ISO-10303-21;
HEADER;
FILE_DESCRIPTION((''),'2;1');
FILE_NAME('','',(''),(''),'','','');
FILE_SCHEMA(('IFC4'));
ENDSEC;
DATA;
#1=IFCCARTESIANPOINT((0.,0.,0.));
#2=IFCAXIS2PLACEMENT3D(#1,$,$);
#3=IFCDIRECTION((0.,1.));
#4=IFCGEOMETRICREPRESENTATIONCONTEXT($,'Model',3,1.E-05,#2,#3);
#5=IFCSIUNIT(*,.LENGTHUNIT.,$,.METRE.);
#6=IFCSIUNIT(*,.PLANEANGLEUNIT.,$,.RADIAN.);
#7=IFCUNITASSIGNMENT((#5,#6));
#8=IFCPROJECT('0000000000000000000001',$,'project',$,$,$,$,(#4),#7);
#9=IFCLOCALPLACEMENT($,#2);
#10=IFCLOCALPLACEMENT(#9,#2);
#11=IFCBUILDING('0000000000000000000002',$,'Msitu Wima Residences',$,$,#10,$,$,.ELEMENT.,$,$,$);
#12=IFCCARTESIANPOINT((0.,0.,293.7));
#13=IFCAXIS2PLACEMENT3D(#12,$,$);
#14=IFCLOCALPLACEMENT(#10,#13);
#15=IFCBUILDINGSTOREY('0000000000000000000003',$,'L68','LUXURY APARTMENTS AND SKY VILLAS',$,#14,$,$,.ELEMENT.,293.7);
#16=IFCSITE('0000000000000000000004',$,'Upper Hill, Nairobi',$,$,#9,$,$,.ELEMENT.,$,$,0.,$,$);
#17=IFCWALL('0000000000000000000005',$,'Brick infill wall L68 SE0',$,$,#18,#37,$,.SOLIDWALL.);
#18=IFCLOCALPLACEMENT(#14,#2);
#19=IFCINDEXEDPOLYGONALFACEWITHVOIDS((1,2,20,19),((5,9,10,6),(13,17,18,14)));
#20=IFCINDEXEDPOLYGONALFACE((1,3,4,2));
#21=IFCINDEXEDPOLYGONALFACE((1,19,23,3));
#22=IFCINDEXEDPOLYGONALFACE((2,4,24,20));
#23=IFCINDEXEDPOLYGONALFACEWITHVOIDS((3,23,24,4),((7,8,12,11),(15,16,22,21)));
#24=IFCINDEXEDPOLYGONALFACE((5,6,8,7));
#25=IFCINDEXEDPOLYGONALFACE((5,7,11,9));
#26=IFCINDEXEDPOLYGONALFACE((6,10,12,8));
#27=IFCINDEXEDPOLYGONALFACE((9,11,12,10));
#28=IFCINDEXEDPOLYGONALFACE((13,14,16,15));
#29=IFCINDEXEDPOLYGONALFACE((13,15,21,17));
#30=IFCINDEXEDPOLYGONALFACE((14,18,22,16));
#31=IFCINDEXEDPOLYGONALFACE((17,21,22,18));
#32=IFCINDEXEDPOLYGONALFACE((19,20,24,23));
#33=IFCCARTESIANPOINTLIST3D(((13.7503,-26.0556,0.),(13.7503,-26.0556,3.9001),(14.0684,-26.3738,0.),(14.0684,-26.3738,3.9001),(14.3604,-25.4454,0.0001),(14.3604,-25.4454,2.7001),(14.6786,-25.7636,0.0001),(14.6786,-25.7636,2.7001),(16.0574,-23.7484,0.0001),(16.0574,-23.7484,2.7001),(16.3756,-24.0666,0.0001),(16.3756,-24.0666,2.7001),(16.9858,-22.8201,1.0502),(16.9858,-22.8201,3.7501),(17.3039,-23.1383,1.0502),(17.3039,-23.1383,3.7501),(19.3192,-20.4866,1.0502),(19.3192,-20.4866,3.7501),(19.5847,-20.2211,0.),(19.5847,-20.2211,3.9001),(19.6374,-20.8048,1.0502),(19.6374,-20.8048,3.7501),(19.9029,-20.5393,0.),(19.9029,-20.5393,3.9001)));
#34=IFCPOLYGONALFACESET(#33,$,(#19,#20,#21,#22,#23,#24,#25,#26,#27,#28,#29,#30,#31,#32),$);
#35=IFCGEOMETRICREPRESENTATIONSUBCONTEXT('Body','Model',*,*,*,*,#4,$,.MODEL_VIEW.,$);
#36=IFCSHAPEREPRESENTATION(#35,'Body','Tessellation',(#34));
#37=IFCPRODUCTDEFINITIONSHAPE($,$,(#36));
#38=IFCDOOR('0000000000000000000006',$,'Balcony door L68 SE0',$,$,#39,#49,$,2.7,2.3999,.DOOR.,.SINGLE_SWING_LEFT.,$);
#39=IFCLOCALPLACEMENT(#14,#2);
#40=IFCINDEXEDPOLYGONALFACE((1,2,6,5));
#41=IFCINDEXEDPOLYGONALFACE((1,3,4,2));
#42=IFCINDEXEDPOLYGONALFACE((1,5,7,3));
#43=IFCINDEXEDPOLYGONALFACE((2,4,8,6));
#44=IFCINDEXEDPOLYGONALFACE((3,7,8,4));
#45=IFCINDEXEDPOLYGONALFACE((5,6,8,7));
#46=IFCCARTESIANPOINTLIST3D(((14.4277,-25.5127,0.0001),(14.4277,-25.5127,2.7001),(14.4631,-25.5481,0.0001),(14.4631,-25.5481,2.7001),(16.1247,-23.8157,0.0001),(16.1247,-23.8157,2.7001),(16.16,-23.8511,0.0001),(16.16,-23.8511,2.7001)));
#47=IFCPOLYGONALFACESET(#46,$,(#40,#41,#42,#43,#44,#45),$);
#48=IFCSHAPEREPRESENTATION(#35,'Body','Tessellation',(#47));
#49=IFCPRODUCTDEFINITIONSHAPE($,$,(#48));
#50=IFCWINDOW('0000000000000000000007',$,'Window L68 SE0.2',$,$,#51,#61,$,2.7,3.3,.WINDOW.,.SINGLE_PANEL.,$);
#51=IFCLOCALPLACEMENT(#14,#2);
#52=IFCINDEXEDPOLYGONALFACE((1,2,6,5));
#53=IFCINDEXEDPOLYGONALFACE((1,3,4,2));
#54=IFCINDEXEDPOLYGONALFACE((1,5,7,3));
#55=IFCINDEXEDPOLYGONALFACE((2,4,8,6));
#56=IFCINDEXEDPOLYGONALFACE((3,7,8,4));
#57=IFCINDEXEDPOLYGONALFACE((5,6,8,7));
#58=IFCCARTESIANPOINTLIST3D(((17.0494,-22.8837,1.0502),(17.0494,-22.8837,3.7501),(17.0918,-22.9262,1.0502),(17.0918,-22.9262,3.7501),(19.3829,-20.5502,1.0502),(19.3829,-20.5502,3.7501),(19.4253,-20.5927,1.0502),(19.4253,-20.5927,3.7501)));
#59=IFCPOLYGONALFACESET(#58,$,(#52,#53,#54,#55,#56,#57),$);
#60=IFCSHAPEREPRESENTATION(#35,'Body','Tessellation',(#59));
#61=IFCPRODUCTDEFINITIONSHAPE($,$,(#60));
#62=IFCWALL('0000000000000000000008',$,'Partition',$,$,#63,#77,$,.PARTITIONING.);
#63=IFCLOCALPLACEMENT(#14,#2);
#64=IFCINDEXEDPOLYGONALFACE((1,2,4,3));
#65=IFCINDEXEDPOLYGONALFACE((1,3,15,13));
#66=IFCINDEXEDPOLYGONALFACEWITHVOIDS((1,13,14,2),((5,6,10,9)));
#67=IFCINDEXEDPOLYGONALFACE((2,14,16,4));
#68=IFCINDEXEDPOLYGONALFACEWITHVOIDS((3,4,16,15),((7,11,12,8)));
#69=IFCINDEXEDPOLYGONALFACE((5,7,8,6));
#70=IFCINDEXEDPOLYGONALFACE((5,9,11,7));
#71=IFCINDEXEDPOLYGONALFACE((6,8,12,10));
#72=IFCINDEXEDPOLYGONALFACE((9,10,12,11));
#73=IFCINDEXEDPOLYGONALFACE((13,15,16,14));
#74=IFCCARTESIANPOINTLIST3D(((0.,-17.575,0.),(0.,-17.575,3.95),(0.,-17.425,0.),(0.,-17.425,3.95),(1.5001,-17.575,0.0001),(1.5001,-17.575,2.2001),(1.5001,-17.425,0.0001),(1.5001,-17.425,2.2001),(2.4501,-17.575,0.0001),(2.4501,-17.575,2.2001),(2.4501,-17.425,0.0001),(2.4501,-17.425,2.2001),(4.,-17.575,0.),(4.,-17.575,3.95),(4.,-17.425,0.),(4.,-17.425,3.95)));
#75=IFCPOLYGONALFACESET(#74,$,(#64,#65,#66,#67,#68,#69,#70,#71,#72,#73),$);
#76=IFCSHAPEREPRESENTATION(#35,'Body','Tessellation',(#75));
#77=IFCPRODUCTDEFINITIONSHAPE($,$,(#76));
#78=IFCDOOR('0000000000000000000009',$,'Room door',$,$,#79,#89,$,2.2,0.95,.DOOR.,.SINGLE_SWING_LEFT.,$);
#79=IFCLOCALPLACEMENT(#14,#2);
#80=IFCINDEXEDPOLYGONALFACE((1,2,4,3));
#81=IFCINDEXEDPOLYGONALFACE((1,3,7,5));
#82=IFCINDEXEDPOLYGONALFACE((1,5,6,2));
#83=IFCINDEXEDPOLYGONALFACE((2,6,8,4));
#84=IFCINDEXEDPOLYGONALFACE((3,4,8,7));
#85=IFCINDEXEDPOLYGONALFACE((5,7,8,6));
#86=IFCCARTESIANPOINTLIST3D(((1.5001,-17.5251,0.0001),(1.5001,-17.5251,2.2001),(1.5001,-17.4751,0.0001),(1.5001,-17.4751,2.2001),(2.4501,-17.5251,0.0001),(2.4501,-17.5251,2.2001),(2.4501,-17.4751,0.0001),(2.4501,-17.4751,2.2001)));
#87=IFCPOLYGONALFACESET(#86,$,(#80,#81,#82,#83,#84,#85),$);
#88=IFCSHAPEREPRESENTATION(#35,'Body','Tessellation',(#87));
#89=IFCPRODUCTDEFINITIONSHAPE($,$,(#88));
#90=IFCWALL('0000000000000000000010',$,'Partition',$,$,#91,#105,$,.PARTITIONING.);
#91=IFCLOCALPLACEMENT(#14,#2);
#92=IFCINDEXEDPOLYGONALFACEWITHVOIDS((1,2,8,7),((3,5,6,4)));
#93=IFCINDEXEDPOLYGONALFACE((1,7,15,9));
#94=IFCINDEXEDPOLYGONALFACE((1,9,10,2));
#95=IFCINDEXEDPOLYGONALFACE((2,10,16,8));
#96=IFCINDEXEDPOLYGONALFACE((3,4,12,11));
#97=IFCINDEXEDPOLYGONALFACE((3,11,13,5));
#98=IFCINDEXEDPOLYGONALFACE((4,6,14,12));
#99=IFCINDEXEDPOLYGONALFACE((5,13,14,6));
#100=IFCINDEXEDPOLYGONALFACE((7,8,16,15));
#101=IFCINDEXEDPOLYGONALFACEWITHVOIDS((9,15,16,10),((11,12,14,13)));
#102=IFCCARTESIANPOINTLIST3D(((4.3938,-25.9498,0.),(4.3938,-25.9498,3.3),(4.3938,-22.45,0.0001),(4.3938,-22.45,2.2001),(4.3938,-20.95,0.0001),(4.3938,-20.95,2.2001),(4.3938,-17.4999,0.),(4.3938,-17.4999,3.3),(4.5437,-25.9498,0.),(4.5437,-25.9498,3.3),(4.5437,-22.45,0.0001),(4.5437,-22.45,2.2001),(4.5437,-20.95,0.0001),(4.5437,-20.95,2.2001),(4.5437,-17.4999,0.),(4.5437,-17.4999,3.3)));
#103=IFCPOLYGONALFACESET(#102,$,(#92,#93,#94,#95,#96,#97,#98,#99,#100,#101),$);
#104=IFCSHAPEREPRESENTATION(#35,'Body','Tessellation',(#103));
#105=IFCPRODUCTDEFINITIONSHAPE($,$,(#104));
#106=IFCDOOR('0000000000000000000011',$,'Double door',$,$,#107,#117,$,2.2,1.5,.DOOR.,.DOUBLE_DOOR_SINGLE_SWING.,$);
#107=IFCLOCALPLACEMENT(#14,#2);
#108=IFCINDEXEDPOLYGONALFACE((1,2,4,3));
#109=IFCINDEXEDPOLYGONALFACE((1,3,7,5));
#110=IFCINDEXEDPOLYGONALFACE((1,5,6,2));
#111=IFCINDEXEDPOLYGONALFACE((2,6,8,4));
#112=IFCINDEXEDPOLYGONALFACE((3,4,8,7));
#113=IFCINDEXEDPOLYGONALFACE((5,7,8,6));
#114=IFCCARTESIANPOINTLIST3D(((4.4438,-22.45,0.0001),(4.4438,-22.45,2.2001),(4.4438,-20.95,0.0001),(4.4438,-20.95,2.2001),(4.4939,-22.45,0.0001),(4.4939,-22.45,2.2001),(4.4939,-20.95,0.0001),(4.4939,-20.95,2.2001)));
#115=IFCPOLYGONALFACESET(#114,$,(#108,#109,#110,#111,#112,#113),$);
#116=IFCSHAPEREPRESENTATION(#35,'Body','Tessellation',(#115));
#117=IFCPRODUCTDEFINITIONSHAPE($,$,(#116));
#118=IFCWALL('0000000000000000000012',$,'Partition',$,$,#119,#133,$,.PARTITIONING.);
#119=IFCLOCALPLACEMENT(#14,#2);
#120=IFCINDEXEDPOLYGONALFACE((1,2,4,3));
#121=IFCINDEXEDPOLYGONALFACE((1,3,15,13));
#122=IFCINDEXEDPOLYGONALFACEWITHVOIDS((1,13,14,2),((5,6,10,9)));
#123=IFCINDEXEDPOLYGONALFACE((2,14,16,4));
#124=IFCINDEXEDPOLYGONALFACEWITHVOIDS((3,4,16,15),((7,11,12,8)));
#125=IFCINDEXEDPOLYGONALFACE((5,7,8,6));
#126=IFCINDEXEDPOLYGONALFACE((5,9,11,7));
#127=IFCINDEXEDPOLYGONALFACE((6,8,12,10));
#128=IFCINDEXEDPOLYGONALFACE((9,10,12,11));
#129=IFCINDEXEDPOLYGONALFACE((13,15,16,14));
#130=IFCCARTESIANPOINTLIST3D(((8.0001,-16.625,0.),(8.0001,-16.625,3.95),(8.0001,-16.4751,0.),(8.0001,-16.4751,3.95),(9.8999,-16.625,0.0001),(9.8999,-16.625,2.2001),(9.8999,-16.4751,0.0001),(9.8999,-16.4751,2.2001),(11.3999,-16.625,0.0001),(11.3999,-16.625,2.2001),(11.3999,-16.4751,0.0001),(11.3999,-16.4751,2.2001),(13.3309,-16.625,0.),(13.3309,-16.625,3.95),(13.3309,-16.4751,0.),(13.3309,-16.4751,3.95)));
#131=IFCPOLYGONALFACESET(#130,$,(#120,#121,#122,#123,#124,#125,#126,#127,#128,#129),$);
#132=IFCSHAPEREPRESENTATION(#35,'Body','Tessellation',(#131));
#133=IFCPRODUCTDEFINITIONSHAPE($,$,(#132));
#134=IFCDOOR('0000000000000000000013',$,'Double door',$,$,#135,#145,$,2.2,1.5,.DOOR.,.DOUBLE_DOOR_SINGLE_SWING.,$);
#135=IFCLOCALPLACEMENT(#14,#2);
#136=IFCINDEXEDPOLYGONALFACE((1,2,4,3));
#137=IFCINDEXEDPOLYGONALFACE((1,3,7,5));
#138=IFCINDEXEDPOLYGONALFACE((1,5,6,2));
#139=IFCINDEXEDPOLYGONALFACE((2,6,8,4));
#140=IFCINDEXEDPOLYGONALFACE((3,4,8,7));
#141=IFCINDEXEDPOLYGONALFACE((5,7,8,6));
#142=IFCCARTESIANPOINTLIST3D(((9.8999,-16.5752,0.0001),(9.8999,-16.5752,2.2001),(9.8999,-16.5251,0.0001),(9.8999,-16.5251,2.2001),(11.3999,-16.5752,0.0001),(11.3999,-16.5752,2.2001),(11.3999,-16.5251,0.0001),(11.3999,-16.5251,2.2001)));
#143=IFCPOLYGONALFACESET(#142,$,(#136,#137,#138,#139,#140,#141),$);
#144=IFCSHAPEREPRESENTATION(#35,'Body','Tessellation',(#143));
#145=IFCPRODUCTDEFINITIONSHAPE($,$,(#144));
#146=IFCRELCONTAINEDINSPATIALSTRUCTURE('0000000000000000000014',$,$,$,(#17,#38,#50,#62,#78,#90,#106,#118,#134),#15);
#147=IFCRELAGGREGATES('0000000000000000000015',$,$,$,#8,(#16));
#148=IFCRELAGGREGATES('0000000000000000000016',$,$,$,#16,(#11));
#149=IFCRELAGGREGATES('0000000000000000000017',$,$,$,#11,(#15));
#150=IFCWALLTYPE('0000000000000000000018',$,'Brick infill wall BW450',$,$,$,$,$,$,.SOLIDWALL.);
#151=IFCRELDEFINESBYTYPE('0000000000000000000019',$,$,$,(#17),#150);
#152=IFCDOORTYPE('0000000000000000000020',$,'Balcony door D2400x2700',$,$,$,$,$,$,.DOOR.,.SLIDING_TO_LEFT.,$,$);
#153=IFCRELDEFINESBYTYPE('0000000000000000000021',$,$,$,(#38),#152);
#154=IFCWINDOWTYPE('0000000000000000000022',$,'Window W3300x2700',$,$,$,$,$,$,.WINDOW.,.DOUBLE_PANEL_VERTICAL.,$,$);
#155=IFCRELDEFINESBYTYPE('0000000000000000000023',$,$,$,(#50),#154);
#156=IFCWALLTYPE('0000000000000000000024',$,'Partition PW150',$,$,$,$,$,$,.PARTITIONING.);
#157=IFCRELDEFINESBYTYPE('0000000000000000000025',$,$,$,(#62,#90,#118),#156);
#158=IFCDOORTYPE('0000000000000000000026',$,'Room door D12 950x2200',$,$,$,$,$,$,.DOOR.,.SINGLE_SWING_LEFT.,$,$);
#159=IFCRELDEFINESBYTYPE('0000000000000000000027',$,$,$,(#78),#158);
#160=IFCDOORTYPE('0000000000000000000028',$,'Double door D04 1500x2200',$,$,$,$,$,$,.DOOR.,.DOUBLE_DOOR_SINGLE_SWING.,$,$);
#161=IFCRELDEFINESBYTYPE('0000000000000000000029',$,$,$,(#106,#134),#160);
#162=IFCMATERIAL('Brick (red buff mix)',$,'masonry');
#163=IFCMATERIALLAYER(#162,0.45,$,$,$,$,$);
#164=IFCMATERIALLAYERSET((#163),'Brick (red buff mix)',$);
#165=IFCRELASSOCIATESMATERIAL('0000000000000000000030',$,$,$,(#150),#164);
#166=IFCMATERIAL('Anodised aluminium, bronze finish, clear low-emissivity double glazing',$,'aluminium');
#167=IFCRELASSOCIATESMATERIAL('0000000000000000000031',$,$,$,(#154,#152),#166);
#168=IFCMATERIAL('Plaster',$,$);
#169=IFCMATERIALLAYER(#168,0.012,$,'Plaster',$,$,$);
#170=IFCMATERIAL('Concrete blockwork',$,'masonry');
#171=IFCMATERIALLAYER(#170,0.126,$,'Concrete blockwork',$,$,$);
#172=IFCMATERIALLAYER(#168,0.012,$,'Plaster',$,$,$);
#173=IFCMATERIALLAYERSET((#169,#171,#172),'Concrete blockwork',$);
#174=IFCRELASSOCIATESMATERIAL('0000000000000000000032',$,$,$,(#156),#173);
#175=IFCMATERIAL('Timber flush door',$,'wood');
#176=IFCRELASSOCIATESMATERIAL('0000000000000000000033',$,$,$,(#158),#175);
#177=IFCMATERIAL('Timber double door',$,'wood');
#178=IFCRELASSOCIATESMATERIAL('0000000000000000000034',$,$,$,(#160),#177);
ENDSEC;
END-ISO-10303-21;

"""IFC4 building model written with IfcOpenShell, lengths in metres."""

from ifc_helpers import new_model, si_unit, direction, frame, frame_2d, origin, place, context, subcontext, project, spatial, rectangle, extrude, material, layer, layer_set, type_object, element, fill, save


model = new_model("IFC4")

# Units and contexts
model_context = context("Model", 3, precision=1e-05, world=origin(), true_north=direction((0.0, 1.0)))
body_context = subcontext(model_context, "Body", "Model", "MODEL_VIEW")
ifc_project = project(units=[si_unit("LENGTHUNIT", "METRE"), si_unit("PLANEANGLEUNIT", "RADIAN")], contexts=[model_context])

# Site, building, storey
site_placement = place(None, origin())
site = spatial("IfcSite", under=ifc_project, at=site_placement, Name="Upper Hill, Nairobi", CompositionType="ELEMENT", RefElevation=0.0)
building_placement = place(site_placement, origin())
building = spatial("IfcBuilding", under=site, at=building_placement, Name="Msitu Wima Residences", CompositionType="ELEMENT")
storey_placement = place(building_placement, frame((0.0, 0.0, 293.7)))
storey = spatial("IfcBuildingStorey", under=building, at=storey_placement, Name="L68", Description="LUXURY APARTMENTS AND SKY VILLAS", CompositionType="ELEMENT", Elevation=293.7)

# Shared definitions
ifc_material_1 = material(Name="Brick (red buff mix)", Category="masonry")
ifc_layer_1 = layer(ifc_material_1, 0.45)
ifc_layer_set_1 = layer_set([ifc_layer_1], Name="Brick (red buff mix)")
wall_type_1 = type_object("IfcWallType", Name="Brick infill wall BW450", PredefinedType="SOLIDWALL", material=ifc_layer_set_1)
ifc_material_2 = material(Name="Anodised aluminium, bronze finish, clear low-emissivity double glazing", Category="aluminium")
window_type = type_object("IfcWindowType", Name="Window W3300x2700", PartitioningType="DOUBLE_PANEL_VERTICAL", PredefinedType="WINDOW", material=ifc_material_2)

# Wall, openings, door, window
wall_1_placement = place(storey_placement, frame((13.9094, -26.2146, 0.0), z_axis=(0.0, 0.0, 1.0), x_axis=(0.707107, 0.707107, 0.0)))
wall_1 = element("IfcWall", 1, at=wall_1_placement, inside=storey, type_object=wall_type_1, Name="Brick infill wall L68 SE0", PredefinedType="SOLIDWALL", context=body_context, shape_type="SweptSolid", body=[
    extrude(rectangle(XDim=8.2512, YDim=0.45, at=frame_2d((4.1255, 0.0))), origin(), (0.0, 0.0, 1.0), 3.9001),
])
opening_1_placement = place(wall_1_placement, frame((0.8628, 0.0, 0.0)))
opening_1 = element("IfcOpeningElement", 2, at=opening_1_placement, cuts=wall_1, PredefinedType="OPENING", context=body_context, shape_type="SweptSolid", body=[
    extrude(rectangle(XDim=2.3999, YDim=2.7, at=frame_2d((1.2, 1.3501))), frame((0.0, 0.2349, 0.0), z_axis=(0.0, -1.0, 0.0), x_axis=(1.0, 0.0, 0.0)), (0.0, 0.0, 1.0), 0.47),
])
opening_2_placement = place(wall_1_placement, frame((4.5757, 0.0, 1.05)))
opening_2 = element("IfcOpeningElement", 3, at=opening_2_placement, cuts=wall_1, PredefinedType="OPENING", context=body_context, shape_type="SweptSolid", body=[
    extrude(rectangle(XDim=3.3, YDim=2.7, at=frame_2d((1.6499, 1.3501))), frame((0.0, 0.2349, 0.0), z_axis=(0.0, -1.0, 0.0), x_axis=(1.0, 0.0, 0.0)), (0.0, 0.0, 1.0), 0.47),
])
door_type_1 = type_object("IfcDoorType", Name="Balcony door D2400x2700", OperationType="SLIDING_TO_LEFT", PredefinedType="DOOR", material=ifc_material_2)
door_1_placement = place(opening_1_placement, origin())
door_1 = element("IfcDoor", 4, at=door_1_placement, inside=storey, type_object=door_type_1, Name="Balcony door L68 SE0", OperationType="SINGLE_SWING_LEFT", OverallHeight=2.7, OverallWidth=2.3999, PredefinedType="DOOR", context=body_context, shape_type="SweptSolid", body=[
    extrude(rectangle(XDim=2.3999, YDim=2.7, at=frame_2d((1.2, 1.3501))), frame((0.0, 0.1299, 0.0), z_axis=(0.0, -1.0, 0.0), x_axis=(1.0, 0.0, 0.0)), (0.0, 0.0, 1.0), 0.05),
])
fill(opening_1, door_1)
window_1_placement = place(opening_2_placement, origin())
window_1 = element("IfcWindow", 5, at=window_1_placement, inside=storey, type_object=window_type, Name="Window L68 SE0.2", OverallHeight=2.7, OverallWidth=3.3, PartitioningType="SINGLE_PANEL", PredefinedType="WINDOW", context=body_context, shape_type="SweptSolid", body=[
    extrude(rectangle(XDim=3.3, YDim=2.7, at=frame_2d((1.6499, 1.3501))), frame((0.0, 0.135, 0.0), z_axis=(0.0, -1.0, 0.0), x_axis=(1.0, 0.0, 0.0)), (0.0, 0.0, 1.0), 0.0601),
])
fill(opening_2, window_1)

# Walls, openings, doors
ifc_material_3 = material(Name="Plaster")
ifc_layer_2 = layer(ifc_material_3, 0.012, Name="Plaster")
ifc_material_4 = material(Name="Concrete blockwork", Category="masonry")
ifc_layer_3 = layer(ifc_material_4, 0.126, Name="Concrete blockwork")
ifc_layer_4 = layer(ifc_material_3, 0.012, Name="Plaster")
ifc_layer_set_2 = layer_set([ifc_layer_2, ifc_layer_3, ifc_layer_4], Name="Concrete blockwork")
wall_type_2 = type_object("IfcWallType", Name="Partition PW150", PredefinedType="PARTITIONING", material=ifc_layer_set_2)
wall_2_placement = place(storey_placement, frame((0.0, -17.5, 0.0), z_axis=(0.0, 0.0, 1.0), x_axis=(1.0, 0.0, 0.0)))
wall_2 = element("IfcWall", 6, at=wall_2_placement, inside=storey, type_object=wall_type_2, Name="Partition", PredefinedType="PARTITIONING", context=body_context, shape_type="SweptSolid", body=[
    extrude(rectangle(XDim=4.0, YDim=0.1499, at=frame_2d((2.0, 0.0))), origin(), (0.0, 0.0, 1.0), 3.95),
])
opening_3_placement = place(wall_2_placement, frame((1.5, 0.0, 0.0)))
opening_3 = element("IfcOpeningElement", 7, at=opening_3_placement, cuts=wall_2, PredefinedType="OPENING", context=body_context, shape_type="SweptSolid", body=[
    extrude(rectangle(XDim=0.95, YDim=2.2, at=frame_2d((0.4751, 1.1001))), frame((0.0, 0.085, 0.0), z_axis=(0.0, -1.0, 0.0), x_axis=(1.0, 0.0, 0.0)), (0.0, 0.0, 1.0), 0.1699),
])
ifc_material_5 = material(Name="Timber flush door", Category="wood")
door_type_2 = type_object("IfcDoorType", Name="Room door D12 950x2200", OperationType="SINGLE_SWING_LEFT", PredefinedType="DOOR", material=ifc_material_5)
door_2_placement = place(opening_3_placement, origin())
door_2 = element("IfcDoor", 8, at=door_2_placement, inside=storey, type_object=door_type_2, Name="Room door", OperationType="SINGLE_SWING_LEFT", OverallHeight=2.2, OverallWidth=0.95, PredefinedType="DOOR", context=body_context, shape_type="SweptSolid", body=[
    extrude(rectangle(XDim=0.95, YDim=2.2, at=frame_2d((0.4751, 1.1001))), frame((0.0, 0.0249, 0.0), z_axis=(0.0, -1.0, 0.0), x_axis=(1.0, 0.0, 0.0)), (0.0, 0.0, 1.0), 0.05),
])
fill(opening_3, door_2)
wall_3_placement = place(storey_placement, frame((4.4688, -25.95, 0.0), z_axis=(0.0, 0.0, 1.0), x_axis=(0.0, 1.0, 0.0)))
wall_3 = element("IfcWall", 9, at=wall_3_placement, inside=storey, type_object=wall_type_2, Name="Partition", PredefinedType="PARTITIONING", context=body_context, shape_type="SweptSolid", body=[
    extrude(rectangle(XDim=8.45, YDim=0.1499, at=frame_2d((4.2251, 0.0))), origin(), (0.0, 0.0, 1.0), 3.3),
])
opening_4_placement = place(wall_3_placement, frame((3.5, 0.0, 0.0)))
opening_4 = element("IfcOpeningElement", 10, at=opening_4_placement, cuts=wall_3, PredefinedType="OPENING", context=body_context, shape_type="SweptSolid", body=[
    extrude(rectangle(XDim=1.5, YDim=2.2, at=frame_2d((0.75, 1.1001))), frame((0.0, 0.085, 0.0), z_axis=(0.0, -1.0, 0.0), x_axis=(1.0, 0.0, 0.0)), (0.0, 0.0, 1.0), 0.1699),
])
ifc_material_6 = material(Name="Timber double door", Category="wood")
door_type_3 = type_object("IfcDoorType", Name="Double door D04 1500x2200", OperationType="DOUBLE_DOOR_SINGLE_SWING", PredefinedType="DOOR", material=ifc_material_6)
door_3_placement = place(opening_4_placement, origin())
door_3 = element("IfcDoor", 11, at=door_3_placement, inside=storey, type_object=door_type_3, Name="Double door", OperationType="DOUBLE_DOOR_SINGLE_SWING", OverallHeight=2.2, OverallWidth=1.5, PredefinedType="DOOR", context=body_context, shape_type="SweptSolid", body=[
    extrude(rectangle(XDim=1.5, YDim=2.2, at=frame_2d((0.75, 1.1001))), frame((0.0, 0.0249, 0.0), z_axis=(0.0, -1.0, 0.0), x_axis=(1.0, 0.0, 0.0)), (0.0, 0.0, 1.0), 0.05),
])
fill(opening_4, door_3)
wall_4_placement = place(storey_placement, frame((8.0, -16.55, 0.0), z_axis=(0.0, 0.0, 1.0), x_axis=(1.0, 0.0, 0.0)))
wall_4 = element("IfcWall", 12, at=wall_4_placement, inside=storey, type_object=wall_type_2, Name="Partition", PredefinedType="PARTITIONING", context=body_context, shape_type="SweptSolid", body=[
    extrude(rectangle(XDim=5.3308, YDim=0.1499, at=frame_2d((2.6655, 0.0))), origin(), (0.0, 0.0, 1.0), 3.95),
])
opening_5_placement = place(wall_4_placement, frame((1.8999, 0.0, 0.0)))
opening_5 = element("IfcOpeningElement", 13, at=opening_5_placement, cuts=wall_4, PredefinedType="OPENING", context=body_context, shape_type="SweptSolid", body=[
    extrude(rectangle(XDim=1.5, YDim=2.2, at=frame_2d((0.75, 1.1001))), frame((0.0, 0.085, 0.0), z_axis=(0.0, -1.0, 0.0), x_axis=(1.0, 0.0, 0.0)), (0.0, 0.0, 1.0), 0.1699),
])
door_4_placement = place(opening_5_placement, origin())
door_4 = element("IfcDoor", 14, at=door_4_placement, inside=storey, type_object=door_type_3, Name="Double door", OperationType="DOUBLE_DOOR_SINGLE_SWING", OverallHeight=2.2, OverallWidth=1.5, PredefinedType="DOOR", context=body_context, shape_type="SweptSolid", body=[
    extrude(rectangle(XDim=1.5, YDim=2.2, at=frame_2d((0.75, 1.1001))), frame((0.0, 0.0249, 0.0), z_axis=(0.0, -1.0, 0.0), x_axis=(1.0, 0.0, 0.0)), (0.0, 0.0, 1.0), 0.05),
])
fill(opening_5, door_4)

save(model, "model.ifc")
